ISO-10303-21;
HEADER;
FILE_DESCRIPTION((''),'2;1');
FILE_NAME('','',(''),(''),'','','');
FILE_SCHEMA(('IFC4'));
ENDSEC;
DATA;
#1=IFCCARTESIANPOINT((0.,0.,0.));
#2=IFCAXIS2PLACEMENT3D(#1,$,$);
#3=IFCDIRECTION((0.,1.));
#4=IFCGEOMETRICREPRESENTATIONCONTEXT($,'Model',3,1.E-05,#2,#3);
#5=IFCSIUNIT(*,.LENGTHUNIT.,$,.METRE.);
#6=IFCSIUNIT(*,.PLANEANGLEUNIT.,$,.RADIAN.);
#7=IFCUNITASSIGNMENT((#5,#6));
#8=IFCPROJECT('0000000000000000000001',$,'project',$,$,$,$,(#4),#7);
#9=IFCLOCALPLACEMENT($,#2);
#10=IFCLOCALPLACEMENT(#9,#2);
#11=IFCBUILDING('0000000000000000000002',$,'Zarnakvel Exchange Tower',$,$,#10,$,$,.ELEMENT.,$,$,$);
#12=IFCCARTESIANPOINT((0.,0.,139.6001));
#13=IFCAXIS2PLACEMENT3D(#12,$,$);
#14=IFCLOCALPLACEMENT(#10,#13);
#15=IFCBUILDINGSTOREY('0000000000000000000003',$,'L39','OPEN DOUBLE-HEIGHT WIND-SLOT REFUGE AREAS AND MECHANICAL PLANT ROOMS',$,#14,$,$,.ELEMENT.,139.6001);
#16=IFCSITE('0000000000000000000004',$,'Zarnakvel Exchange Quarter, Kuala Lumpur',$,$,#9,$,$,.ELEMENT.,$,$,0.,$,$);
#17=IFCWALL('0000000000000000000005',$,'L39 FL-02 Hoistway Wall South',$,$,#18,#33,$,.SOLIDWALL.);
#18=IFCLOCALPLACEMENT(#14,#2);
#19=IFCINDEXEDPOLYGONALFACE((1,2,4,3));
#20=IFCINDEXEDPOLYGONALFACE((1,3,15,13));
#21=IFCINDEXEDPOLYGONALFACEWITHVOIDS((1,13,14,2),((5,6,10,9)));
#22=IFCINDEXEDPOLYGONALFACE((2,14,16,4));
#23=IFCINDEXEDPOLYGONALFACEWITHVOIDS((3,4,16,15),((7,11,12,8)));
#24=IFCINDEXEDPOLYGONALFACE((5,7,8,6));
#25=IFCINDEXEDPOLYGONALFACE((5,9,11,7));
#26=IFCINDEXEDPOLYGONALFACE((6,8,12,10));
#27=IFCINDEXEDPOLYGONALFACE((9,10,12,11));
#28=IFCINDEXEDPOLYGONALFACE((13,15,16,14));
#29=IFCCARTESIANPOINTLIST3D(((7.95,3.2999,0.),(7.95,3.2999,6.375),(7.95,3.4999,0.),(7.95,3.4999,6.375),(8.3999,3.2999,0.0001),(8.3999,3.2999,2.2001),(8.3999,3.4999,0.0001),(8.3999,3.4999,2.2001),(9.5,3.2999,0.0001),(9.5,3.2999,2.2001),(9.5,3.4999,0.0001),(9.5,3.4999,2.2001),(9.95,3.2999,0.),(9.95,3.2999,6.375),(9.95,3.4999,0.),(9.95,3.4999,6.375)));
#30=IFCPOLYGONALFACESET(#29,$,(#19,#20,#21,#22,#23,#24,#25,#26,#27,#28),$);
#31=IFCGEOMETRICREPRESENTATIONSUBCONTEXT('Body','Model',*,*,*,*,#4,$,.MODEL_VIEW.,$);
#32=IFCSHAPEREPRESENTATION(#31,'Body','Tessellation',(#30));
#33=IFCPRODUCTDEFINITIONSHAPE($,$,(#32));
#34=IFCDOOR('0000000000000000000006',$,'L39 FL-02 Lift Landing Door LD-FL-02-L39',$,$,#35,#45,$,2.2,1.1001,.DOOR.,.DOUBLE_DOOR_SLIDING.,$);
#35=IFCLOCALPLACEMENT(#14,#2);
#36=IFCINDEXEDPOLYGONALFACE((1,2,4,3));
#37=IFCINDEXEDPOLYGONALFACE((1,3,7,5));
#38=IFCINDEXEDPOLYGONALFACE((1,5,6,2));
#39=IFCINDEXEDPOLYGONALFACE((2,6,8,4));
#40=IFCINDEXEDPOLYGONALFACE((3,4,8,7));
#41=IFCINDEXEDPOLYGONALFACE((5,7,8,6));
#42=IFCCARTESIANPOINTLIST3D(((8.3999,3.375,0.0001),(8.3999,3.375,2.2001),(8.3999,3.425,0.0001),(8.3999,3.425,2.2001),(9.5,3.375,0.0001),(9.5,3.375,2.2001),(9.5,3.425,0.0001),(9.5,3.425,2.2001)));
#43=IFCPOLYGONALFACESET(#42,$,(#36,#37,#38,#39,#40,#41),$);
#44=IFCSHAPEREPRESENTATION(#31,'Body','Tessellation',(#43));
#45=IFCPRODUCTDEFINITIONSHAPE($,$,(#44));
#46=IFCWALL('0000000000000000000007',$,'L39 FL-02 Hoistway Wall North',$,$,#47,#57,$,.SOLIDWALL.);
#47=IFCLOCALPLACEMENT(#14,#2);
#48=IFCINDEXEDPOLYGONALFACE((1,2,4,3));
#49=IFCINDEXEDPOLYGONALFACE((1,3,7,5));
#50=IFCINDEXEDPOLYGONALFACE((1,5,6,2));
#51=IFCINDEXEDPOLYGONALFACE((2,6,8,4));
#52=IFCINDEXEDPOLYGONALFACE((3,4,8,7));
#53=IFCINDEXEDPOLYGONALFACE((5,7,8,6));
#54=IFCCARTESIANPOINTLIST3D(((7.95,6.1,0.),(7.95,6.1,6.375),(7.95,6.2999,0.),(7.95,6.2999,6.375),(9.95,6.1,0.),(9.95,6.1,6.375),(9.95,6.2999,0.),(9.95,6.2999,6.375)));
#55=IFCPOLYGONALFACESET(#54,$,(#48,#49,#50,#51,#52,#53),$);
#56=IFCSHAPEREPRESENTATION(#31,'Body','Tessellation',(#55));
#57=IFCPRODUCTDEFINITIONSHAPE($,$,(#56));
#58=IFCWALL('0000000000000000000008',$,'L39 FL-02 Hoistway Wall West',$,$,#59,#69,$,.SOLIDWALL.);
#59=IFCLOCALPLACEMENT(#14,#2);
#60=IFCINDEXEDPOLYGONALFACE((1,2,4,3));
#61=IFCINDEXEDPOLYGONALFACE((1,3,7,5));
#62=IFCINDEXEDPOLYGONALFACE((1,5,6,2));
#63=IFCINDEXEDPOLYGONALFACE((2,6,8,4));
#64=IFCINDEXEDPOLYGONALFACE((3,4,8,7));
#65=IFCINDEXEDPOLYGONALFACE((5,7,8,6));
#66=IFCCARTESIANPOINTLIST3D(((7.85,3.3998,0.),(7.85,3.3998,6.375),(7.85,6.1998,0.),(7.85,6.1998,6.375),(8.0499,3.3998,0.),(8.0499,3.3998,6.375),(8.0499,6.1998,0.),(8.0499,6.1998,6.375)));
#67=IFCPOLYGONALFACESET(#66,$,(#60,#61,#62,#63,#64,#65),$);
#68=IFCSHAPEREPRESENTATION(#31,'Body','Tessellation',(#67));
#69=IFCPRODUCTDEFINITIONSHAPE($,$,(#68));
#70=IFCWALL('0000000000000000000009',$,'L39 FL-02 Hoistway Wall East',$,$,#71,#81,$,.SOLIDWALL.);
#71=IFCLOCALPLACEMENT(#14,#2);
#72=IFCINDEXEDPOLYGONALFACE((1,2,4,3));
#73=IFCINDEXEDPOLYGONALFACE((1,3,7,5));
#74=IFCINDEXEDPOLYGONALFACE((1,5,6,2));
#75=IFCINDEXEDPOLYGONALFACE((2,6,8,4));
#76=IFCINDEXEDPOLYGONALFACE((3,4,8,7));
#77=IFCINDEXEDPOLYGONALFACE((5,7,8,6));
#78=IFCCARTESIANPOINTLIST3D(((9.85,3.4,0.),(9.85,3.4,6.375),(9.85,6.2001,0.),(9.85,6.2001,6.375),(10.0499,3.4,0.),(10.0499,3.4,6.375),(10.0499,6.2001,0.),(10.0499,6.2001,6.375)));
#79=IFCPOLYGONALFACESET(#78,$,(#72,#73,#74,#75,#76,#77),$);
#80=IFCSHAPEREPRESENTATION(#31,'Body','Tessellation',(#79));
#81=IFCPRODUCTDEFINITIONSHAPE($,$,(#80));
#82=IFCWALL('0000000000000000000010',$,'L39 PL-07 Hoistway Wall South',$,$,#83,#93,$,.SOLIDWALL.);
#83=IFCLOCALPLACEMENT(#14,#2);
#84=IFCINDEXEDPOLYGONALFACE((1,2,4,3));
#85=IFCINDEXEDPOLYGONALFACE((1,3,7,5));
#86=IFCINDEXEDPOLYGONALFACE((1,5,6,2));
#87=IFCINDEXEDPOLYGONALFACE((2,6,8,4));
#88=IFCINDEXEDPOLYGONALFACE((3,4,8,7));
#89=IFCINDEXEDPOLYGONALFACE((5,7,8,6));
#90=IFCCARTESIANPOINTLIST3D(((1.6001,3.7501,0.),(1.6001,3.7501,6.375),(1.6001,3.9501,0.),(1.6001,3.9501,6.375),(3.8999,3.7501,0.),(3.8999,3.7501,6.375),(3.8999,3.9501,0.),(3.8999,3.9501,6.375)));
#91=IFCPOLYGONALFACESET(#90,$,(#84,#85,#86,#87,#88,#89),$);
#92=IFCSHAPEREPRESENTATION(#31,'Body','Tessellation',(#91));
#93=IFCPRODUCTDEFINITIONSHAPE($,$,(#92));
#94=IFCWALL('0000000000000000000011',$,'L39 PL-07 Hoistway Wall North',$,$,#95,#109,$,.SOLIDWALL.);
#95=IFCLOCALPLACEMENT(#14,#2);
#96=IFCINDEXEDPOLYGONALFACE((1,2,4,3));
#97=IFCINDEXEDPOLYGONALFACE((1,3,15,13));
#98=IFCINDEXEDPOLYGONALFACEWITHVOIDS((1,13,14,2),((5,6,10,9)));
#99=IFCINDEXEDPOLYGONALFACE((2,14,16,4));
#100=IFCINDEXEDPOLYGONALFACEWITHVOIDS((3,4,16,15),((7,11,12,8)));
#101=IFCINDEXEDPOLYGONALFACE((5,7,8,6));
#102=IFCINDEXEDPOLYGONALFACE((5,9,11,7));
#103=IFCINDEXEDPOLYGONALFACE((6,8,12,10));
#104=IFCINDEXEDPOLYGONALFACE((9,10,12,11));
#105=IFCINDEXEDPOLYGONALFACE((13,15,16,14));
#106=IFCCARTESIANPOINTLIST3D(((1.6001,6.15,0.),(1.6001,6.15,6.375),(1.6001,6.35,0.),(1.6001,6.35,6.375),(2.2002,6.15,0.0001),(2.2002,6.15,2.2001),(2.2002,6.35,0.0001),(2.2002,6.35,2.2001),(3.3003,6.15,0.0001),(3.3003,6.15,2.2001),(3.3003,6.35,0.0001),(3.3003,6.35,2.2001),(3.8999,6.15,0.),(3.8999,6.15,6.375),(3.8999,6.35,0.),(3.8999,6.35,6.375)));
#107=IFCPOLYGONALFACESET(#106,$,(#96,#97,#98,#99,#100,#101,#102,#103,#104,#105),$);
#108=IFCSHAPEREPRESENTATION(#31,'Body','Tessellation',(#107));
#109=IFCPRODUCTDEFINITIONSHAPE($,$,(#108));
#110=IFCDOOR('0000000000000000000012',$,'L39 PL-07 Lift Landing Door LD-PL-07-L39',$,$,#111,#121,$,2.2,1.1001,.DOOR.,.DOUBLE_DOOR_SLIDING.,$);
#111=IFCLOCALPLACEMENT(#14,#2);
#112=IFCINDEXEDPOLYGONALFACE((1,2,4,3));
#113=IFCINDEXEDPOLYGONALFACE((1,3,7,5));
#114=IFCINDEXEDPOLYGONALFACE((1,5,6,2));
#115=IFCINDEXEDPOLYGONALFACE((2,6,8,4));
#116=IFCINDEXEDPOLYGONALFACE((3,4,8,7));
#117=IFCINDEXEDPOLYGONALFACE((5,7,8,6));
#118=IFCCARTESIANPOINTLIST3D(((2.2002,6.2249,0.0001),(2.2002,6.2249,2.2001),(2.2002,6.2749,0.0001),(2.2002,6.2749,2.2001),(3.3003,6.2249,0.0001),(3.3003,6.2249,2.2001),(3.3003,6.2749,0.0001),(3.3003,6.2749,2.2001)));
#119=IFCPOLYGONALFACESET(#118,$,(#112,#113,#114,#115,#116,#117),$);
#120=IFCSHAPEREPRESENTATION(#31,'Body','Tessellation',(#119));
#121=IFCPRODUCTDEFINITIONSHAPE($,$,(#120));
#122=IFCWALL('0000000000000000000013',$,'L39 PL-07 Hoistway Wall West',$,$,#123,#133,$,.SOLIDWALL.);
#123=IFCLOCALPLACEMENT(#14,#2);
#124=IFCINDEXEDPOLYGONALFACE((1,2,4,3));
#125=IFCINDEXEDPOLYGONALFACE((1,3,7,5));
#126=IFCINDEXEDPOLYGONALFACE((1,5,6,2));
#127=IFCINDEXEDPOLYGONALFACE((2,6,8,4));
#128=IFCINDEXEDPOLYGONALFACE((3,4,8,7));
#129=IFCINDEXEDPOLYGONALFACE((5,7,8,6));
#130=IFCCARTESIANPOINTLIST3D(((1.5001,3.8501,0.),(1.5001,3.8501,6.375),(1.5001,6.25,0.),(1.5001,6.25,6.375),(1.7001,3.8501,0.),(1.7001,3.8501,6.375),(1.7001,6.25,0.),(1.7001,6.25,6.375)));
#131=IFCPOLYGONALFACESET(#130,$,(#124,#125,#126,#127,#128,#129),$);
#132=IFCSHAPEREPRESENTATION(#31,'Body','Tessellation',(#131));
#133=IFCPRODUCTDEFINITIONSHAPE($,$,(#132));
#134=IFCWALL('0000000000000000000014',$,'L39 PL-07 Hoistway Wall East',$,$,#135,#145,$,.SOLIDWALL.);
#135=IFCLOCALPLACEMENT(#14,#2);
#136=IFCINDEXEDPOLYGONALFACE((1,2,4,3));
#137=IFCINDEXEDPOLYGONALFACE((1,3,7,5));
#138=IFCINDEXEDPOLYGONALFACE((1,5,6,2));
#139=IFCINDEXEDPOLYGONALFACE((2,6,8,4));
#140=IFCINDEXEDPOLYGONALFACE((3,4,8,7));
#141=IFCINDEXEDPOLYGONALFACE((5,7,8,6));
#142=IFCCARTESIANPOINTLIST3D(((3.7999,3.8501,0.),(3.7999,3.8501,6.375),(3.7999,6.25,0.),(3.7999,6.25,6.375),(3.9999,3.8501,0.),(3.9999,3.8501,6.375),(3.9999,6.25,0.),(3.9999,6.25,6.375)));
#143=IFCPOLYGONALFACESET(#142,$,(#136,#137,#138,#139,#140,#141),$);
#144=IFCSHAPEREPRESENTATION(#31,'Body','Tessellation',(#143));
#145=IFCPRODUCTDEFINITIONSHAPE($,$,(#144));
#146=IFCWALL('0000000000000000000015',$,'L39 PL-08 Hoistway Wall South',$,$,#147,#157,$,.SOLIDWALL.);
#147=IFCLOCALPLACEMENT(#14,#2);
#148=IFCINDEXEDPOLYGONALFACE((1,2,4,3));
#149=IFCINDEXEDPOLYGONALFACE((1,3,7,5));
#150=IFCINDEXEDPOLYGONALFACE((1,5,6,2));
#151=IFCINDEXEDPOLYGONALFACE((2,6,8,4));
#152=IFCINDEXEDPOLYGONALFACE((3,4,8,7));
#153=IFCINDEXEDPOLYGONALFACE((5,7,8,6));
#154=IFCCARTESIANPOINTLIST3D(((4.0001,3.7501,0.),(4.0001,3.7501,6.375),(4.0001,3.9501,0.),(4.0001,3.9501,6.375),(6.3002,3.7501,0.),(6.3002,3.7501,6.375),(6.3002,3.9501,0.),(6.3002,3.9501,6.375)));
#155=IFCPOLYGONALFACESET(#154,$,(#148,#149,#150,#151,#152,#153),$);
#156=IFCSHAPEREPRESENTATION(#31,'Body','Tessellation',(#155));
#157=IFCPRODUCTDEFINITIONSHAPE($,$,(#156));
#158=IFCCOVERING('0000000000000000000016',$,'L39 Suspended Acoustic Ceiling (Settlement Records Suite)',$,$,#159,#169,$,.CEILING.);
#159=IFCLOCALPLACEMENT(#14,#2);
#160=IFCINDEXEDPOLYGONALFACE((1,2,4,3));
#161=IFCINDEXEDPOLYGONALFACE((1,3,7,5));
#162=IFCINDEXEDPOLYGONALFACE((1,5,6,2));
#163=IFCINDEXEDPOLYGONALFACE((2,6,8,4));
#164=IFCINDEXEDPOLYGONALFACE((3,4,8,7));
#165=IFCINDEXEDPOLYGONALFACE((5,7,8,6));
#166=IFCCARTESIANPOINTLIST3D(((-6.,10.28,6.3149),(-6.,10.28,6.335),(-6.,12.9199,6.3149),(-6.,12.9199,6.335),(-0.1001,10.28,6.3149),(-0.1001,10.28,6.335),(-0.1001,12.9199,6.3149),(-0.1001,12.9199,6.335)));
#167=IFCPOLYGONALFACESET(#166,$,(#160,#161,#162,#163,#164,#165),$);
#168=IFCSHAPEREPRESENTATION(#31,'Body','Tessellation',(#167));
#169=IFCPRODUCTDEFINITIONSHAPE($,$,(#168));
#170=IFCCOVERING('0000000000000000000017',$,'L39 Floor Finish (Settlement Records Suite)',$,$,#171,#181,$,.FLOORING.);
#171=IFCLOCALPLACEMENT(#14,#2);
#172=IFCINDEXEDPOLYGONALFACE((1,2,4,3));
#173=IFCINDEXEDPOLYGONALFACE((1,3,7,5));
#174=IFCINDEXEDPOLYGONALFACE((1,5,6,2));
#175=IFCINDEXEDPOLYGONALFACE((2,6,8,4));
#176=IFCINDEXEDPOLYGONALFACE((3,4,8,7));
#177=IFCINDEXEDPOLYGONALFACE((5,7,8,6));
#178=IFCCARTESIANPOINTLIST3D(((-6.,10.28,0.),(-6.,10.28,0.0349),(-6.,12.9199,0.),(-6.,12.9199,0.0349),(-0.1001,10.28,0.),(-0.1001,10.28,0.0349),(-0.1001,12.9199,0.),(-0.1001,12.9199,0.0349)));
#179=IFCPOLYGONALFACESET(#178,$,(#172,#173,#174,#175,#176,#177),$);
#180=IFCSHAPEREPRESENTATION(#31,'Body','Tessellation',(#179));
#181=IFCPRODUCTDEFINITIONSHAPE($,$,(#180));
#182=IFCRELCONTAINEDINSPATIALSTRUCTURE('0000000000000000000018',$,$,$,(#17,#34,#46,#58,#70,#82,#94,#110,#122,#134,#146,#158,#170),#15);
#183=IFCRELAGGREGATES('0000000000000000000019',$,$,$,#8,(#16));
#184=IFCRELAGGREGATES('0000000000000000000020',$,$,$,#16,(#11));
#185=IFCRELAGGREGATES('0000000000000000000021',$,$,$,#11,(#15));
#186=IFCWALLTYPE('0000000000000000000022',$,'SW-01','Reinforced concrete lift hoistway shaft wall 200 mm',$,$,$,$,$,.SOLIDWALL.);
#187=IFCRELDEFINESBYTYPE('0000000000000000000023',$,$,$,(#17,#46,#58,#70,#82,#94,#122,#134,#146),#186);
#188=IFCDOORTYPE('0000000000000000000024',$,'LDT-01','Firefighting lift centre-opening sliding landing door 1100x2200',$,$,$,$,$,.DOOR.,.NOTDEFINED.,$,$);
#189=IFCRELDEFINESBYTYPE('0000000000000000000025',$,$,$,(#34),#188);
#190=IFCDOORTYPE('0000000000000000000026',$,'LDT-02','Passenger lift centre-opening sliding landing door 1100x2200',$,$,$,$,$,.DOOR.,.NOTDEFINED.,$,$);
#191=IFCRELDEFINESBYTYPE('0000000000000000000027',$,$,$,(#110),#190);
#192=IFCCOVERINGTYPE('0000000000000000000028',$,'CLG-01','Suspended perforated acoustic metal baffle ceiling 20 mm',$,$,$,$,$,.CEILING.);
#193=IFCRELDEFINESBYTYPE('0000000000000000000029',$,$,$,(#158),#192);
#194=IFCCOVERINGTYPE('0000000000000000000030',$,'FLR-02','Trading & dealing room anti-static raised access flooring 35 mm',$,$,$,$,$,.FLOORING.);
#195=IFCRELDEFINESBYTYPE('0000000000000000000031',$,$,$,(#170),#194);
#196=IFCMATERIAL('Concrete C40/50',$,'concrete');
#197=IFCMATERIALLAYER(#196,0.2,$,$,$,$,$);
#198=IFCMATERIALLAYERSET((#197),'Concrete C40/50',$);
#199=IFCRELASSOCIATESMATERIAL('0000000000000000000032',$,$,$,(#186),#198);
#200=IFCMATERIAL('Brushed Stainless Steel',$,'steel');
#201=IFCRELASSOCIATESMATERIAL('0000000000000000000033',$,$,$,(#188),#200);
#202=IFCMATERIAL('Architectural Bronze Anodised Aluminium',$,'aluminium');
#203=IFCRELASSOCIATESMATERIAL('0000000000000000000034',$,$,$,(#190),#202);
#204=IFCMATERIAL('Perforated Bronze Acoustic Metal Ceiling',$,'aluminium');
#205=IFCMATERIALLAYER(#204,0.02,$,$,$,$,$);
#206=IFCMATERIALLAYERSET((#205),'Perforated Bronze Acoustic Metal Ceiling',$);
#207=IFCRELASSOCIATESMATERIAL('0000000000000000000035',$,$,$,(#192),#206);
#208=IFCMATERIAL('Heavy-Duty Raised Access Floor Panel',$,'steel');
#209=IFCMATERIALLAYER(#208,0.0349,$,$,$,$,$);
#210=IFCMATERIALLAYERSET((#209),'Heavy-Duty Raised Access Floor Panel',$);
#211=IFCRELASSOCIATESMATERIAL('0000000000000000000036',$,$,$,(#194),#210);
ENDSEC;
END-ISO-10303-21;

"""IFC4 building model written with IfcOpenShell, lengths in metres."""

from ifc_helpers import new_model, si_unit, direction, frame, frame_2d, origin, place, context, subcontext, project, spatial, polyline, rectangle, outline, extrude, source, transform, mapped, material, layer, layer_set, type_object, element, fill, save


model = new_model("IFC4")

# Units and contexts
model_context = context("Model", 3, precision=1e-05, world=origin(), true_north=direction((0.0, 1.0)))
body_context = subcontext(model_context, "Body", "Model", "MODEL_VIEW")
ifc_project = project(units=[si_unit("LENGTHUNIT", "METRE"), si_unit("PLANEANGLEUNIT", "RADIAN")], contexts=[model_context])

# Site, building, storey
site_placement = place(None, origin())
site = spatial("IfcSite", under=ifc_project, at=site_placement, Name="Zarnakvel Exchange Quarter, Kuala Lumpur", CompositionType="ELEMENT", RefElevation=0.0)
building_placement = place(site_placement, origin())
building = spatial("IfcBuilding", under=site, at=building_placement, Name="Zarnakvel Exchange Tower", CompositionType="ELEMENT")
storey_placement = place(building_placement, frame((0.0, 0.0, 139.6001)))
storey = spatial("IfcBuildingStorey", under=building, at=storey_placement, Name="L39", Description="OPEN DOUBLE-HEIGHT WIND-SLOT REFUGE AREAS AND MECHANICAL PLANT ROOMS", CompositionType="ELEMENT", Elevation=139.6001)

# Shared definitions
ifc_material_1 = material(Name="Concrete C40/50", Category="concrete")

# Wall, opening, door
ifc_layer_1 = layer(ifc_material_1, 0.2)
ifc_layer_set_1 = layer_set([ifc_layer_1], Name="Concrete C40/50")
wall_type_1 = type_object("IfcWallType", Name="SW-01", Description="Reinforced concrete lift hoistway shaft wall 200 mm", PredefinedType="SOLIDWALL", material=ifc_layer_set_1)
wall_1_placement = place(storey_placement, frame((9.95, 3.3999, 0.0), z_axis=(0.0, 0.0, 1.0), x_axis=(-1.0, 0.0, 0.0)))
wall_1 = element("IfcWall", 1, at=wall_1_placement, inside=storey, type_object=wall_type_1, Name="L39 FL-02 Hoistway Wall South", PredefinedType="SOLIDWALL", context=body_context, shape_type="SweptSolid", body=[
    extrude(rectangle(XDim=2.0, YDim=0.2, at=frame_2d((1.0, 0.0))), origin(), (0.0, 0.0, 1.0), 6.375),
])
opening_1_placement = place(wall_1_placement, frame((0.45, 0.0, 0.0)))
opening_1 = element("IfcOpeningElement", 2, at=opening_1_placement, cuts=wall_1, PredefinedType="OPENING", context=body_context, shape_type="SweptSolid", body=[
    extrude(rectangle(XDim=1.1001, YDim=2.2, at=frame_2d((0.55, 1.1001))), frame((0.0, 0.1099, 0.0), z_axis=(0.0, -1.0, 0.0), x_axis=(1.0, 0.0, 0.0)), (0.0, 0.0, 1.0), 0.22),
])
ifc_material_2 = material(Name="Brushed Stainless Steel", Category="steel")
door_type_1 = type_object("IfcDoorType", Name="LDT-01", Description="Firefighting lift centre-opening sliding landing door 1100x2200", OperationType="NOTDEFINED", PredefinedType="DOOR", material=ifc_material_2)
shared_shape_1 = source(origin(), body_context, "Body", "SweptSolid", [
    extrude(rectangle(XDim=1.1001, YDim=2.2, at=frame_2d((0.55, 1.1001))), frame((0.0, 0.0249, 0.0), z_axis=(0.0, -1.0, 0.0), x_axis=(1.0, 0.0, 0.0)), (0.0, 0.0, 1.0), 0.05),
])
door_1_placement = place(opening_1_placement, origin())
door_1 = element("IfcDoor", 3, at=door_1_placement, inside=storey, type_object=door_type_1, Name="L39 FL-02 Lift Landing Door LD-FL-02-L39", OperationType="DOUBLE_DOOR_SLIDING", OverallHeight=2.2, OverallWidth=1.1001, PredefinedType="DOOR", context=body_context, shape_type="MappedRepresentation", body=[
    mapped(shared_shape_1, transform((0.0, 0.0, 0.0), x_axis=(1.0, 0.0, 0.0), y_axis=(0.0, 1.0, 0.0), z_axis=(0.0, 0.0, 1.0), scale=1.0)),
])
fill(opening_1, door_1)

# Walls
wall_2_placement = place(storey_placement, frame((7.95, 6.2, 0.0), z_axis=(0.0, 0.0, 1.0), x_axis=(1.0, 0.0, 0.0)))
element("IfcWall", 4, at=wall_2_placement, inside=storey, type_object=wall_type_1, Name="L39 FL-02 Hoistway Wall North", PredefinedType="SOLIDWALL", context=body_context, shape_type="SweptSolid", body=[
    extrude(rectangle(XDim=2.0, YDim=0.2, at=frame_2d((1.0, 0.0))), origin(), (0.0, 0.0, 1.0), 6.375),
])
for number, where, z_axis, x_axis, name in (
    (5, (7.95, 3.3999, 0.0), (0.0, 0.0, 1.0), (0.0, 1.0, 0.0), "L39 FL-02 Hoistway Wall West"),
    (6, (9.95, 6.2, 0.0), (0.0, 0.0, 1.0), (0.0, -1.0, 0.0), "L39 FL-02 Hoistway Wall East"),
):
    element("IfcWall", number, at=place(storey_placement, frame(where, z_axis=z_axis, x_axis=x_axis)), inside=storey, type_object=wall_type_1, Name=name, PredefinedType="SOLIDWALL", context=body_context, shape_type="SweptSolid", body=[
        extrude(rectangle(XDim=2.8, YDim=0.2, at=frame_2d((1.3999, 0.0))), origin(), (0.0, 0.0, 1.0), 6.375),
    ])
wall_3_placement = place(storey_placement, frame((3.8999, 3.8501, 0.0), z_axis=(0.0, 0.0, 1.0), x_axis=(-1.0, 0.0, 0.0)))
element("IfcWall", 7, at=wall_3_placement, inside=storey, type_object=wall_type_1, Name="L39 PL-07 Hoistway Wall South", PredefinedType="SOLIDWALL", context=body_context, shape_type="SweptSolid", body=[
    extrude(rectangle(XDim=2.2998, YDim=0.2, at=frame_2d((1.1499, 0.0))), origin(), (0.0, 0.0, 1.0), 6.375),
])

# Wall, opening, door
wall_4_placement = place(storey_placement, frame((1.6001, 6.25, 0.0), z_axis=(0.0, 0.0, 1.0), x_axis=(1.0, 0.0, 0.0)))
wall_4 = element("IfcWall", 8, at=wall_4_placement, inside=storey, type_object=wall_type_1, Name="L39 PL-07 Hoistway Wall North", PredefinedType="SOLIDWALL", context=body_context, shape_type="SweptSolid", body=[
    extrude(rectangle(XDim=2.2998, YDim=0.2, at=frame_2d((1.1499, 0.0))), origin(), (0.0, 0.0, 1.0), 6.375),
])
opening_2_placement = place(wall_4_placement, frame((0.6001, 0.0, 0.0)))
opening_2 = element("IfcOpeningElement", 9, at=opening_2_placement, cuts=wall_4, PredefinedType="OPENING", context=body_context, shape_type="SweptSolid", body=[
    extrude(rectangle(XDim=1.1001, YDim=2.2, at=frame_2d((0.55, 1.1001))), frame((0.0, 0.1099, 0.0), z_axis=(0.0, -1.0, 0.0), x_axis=(1.0, 0.0, 0.0)), (0.0, 0.0, 1.0), 0.22),
])
ifc_material_3 = material(Name="Architectural Bronze Anodised Aluminium", Category="aluminium")
door_type_2 = type_object("IfcDoorType", Name="LDT-02", Description="Passenger lift centre-opening sliding landing door 1100x2200", OperationType="NOTDEFINED", PredefinedType="DOOR", material=ifc_material_3)
door_2_placement = place(opening_2_placement, origin())
door_2 = element("IfcDoor", 10, at=door_2_placement, inside=storey, type_object=door_type_2, Name="L39 PL-07 Lift Landing Door LD-PL-07-L39", OperationType="DOUBLE_DOOR_SLIDING", OverallHeight=2.2, OverallWidth=1.1001, PredefinedType="DOOR", context=body_context, shape_type="MappedRepresentation", body=[
    mapped(shared_shape_1, transform((0.0, 0.0, 0.0), x_axis=(1.0, 0.0, 0.0), y_axis=(0.0, 1.0, 0.0), z_axis=(0.0, 0.0, 1.0), scale=1.0)),
])
fill(opening_2, door_2)

# Walls
for number, where, z_axis, x_axis, name in (
    (11, (1.6001, 3.8501, 0.0), (0.0, 0.0, 1.0), (0.0, 1.0, 0.0), "L39 PL-07 Hoistway Wall West"),
    (12, (3.8999, 6.25, 0.0), (0.0, 0.0, 1.0), (0.0, -1.0, 0.0), "L39 PL-07 Hoistway Wall East"),
):
    element("IfcWall", number, at=place(storey_placement, frame(where, z_axis=z_axis, x_axis=x_axis)), inside=storey, type_object=wall_type_1, Name=name, PredefinedType="SOLIDWALL", context=body_context, shape_type="SweptSolid", body=[
        extrude(rectangle(XDim=2.3999, YDim=0.2, at=frame_2d((1.2, 0.0))), origin(), (0.0, 0.0, 1.0), 6.375),
    ])
wall_5_placement = place(storey_placement, frame((6.3, 3.8501, 0.0), z_axis=(0.0, 0.0, 1.0), x_axis=(-1.0, 0.0, 0.0)))
element("IfcWall", 13, at=wall_5_placement, inside=storey, type_object=wall_type_1, Name="L39 PL-08 Hoistway Wall South", PredefinedType="SOLIDWALL", context=body_context, shape_type="SweptSolid", body=[
    extrude(rectangle(XDim=2.3, YDim=0.2, at=frame_2d((1.1499, 0.0))), origin(), (0.0, 0.0, 1.0), 6.375),
])

# Coverings
ifc_material_4 = material(Name="Perforated Bronze Acoustic Metal Ceiling", Category="aluminium")
ifc_layer_2 = layer(ifc_material_4, 0.02)
ifc_layer_set_2 = layer_set([ifc_layer_2], Name="Perforated Bronze Acoustic Metal Ceiling")
covering_type_1 = type_object("IfcCoveringType", Name="CLG-01", Description="Suspended perforated acoustic metal baffle ceiling 20 mm", PredefinedType="CEILING", material=ifc_layer_set_2)
covering_1_placement = place(storey_placement, frame((0.0, 0.0, 6.3149)))
element("IfcCovering", 14, at=covering_1_placement, inside=storey, type_object=covering_type_1, Name="L39 Suspended Acoustic Ceiling (Settlement Records Suite)", PredefinedType="CEILING", context=body_context, shape_type="SweptSolid", body=[
    extrude(outline(polyline([(-6.0, 12.9199), (-0.1001, 12.9199), (-0.1001, 10.28), (-6.0, 10.28), (-6.0, 12.9199)])), origin(), (0.0, 0.0, 1.0), 0.02),
])
ifc_material_5 = material(Name="Heavy-Duty Raised Access Floor Panel", Category="steel")
ifc_layer_3 = layer(ifc_material_5, 0.0349)
ifc_layer_set_3 = layer_set([ifc_layer_3], Name="Heavy-Duty Raised Access Floor Panel")
covering_type_2 = type_object("IfcCoveringType", Name="FLR-02", Description="Trading & dealing room anti-static raised access flooring 35 mm", PredefinedType="FLOORING", material=ifc_layer_set_3)
covering_2_placement = place(storey_placement, origin())
element("IfcCovering", 15, at=covering_2_placement, inside=storey, type_object=covering_type_2, Name="L39 Floor Finish (Settlement Records Suite)", PredefinedType="FLOORING", context=body_context, shape_type="SweptSolid", body=[
    extrude(outline(polyline([(-6.0, 12.9199), (-0.1001, 12.9199), (-0.1001, 10.28), (-6.0, 10.28), (-6.0, 12.9199)])), origin(), (0.0, 0.0, 1.0), 0.0349),
])

save(model, "model.ifc")
